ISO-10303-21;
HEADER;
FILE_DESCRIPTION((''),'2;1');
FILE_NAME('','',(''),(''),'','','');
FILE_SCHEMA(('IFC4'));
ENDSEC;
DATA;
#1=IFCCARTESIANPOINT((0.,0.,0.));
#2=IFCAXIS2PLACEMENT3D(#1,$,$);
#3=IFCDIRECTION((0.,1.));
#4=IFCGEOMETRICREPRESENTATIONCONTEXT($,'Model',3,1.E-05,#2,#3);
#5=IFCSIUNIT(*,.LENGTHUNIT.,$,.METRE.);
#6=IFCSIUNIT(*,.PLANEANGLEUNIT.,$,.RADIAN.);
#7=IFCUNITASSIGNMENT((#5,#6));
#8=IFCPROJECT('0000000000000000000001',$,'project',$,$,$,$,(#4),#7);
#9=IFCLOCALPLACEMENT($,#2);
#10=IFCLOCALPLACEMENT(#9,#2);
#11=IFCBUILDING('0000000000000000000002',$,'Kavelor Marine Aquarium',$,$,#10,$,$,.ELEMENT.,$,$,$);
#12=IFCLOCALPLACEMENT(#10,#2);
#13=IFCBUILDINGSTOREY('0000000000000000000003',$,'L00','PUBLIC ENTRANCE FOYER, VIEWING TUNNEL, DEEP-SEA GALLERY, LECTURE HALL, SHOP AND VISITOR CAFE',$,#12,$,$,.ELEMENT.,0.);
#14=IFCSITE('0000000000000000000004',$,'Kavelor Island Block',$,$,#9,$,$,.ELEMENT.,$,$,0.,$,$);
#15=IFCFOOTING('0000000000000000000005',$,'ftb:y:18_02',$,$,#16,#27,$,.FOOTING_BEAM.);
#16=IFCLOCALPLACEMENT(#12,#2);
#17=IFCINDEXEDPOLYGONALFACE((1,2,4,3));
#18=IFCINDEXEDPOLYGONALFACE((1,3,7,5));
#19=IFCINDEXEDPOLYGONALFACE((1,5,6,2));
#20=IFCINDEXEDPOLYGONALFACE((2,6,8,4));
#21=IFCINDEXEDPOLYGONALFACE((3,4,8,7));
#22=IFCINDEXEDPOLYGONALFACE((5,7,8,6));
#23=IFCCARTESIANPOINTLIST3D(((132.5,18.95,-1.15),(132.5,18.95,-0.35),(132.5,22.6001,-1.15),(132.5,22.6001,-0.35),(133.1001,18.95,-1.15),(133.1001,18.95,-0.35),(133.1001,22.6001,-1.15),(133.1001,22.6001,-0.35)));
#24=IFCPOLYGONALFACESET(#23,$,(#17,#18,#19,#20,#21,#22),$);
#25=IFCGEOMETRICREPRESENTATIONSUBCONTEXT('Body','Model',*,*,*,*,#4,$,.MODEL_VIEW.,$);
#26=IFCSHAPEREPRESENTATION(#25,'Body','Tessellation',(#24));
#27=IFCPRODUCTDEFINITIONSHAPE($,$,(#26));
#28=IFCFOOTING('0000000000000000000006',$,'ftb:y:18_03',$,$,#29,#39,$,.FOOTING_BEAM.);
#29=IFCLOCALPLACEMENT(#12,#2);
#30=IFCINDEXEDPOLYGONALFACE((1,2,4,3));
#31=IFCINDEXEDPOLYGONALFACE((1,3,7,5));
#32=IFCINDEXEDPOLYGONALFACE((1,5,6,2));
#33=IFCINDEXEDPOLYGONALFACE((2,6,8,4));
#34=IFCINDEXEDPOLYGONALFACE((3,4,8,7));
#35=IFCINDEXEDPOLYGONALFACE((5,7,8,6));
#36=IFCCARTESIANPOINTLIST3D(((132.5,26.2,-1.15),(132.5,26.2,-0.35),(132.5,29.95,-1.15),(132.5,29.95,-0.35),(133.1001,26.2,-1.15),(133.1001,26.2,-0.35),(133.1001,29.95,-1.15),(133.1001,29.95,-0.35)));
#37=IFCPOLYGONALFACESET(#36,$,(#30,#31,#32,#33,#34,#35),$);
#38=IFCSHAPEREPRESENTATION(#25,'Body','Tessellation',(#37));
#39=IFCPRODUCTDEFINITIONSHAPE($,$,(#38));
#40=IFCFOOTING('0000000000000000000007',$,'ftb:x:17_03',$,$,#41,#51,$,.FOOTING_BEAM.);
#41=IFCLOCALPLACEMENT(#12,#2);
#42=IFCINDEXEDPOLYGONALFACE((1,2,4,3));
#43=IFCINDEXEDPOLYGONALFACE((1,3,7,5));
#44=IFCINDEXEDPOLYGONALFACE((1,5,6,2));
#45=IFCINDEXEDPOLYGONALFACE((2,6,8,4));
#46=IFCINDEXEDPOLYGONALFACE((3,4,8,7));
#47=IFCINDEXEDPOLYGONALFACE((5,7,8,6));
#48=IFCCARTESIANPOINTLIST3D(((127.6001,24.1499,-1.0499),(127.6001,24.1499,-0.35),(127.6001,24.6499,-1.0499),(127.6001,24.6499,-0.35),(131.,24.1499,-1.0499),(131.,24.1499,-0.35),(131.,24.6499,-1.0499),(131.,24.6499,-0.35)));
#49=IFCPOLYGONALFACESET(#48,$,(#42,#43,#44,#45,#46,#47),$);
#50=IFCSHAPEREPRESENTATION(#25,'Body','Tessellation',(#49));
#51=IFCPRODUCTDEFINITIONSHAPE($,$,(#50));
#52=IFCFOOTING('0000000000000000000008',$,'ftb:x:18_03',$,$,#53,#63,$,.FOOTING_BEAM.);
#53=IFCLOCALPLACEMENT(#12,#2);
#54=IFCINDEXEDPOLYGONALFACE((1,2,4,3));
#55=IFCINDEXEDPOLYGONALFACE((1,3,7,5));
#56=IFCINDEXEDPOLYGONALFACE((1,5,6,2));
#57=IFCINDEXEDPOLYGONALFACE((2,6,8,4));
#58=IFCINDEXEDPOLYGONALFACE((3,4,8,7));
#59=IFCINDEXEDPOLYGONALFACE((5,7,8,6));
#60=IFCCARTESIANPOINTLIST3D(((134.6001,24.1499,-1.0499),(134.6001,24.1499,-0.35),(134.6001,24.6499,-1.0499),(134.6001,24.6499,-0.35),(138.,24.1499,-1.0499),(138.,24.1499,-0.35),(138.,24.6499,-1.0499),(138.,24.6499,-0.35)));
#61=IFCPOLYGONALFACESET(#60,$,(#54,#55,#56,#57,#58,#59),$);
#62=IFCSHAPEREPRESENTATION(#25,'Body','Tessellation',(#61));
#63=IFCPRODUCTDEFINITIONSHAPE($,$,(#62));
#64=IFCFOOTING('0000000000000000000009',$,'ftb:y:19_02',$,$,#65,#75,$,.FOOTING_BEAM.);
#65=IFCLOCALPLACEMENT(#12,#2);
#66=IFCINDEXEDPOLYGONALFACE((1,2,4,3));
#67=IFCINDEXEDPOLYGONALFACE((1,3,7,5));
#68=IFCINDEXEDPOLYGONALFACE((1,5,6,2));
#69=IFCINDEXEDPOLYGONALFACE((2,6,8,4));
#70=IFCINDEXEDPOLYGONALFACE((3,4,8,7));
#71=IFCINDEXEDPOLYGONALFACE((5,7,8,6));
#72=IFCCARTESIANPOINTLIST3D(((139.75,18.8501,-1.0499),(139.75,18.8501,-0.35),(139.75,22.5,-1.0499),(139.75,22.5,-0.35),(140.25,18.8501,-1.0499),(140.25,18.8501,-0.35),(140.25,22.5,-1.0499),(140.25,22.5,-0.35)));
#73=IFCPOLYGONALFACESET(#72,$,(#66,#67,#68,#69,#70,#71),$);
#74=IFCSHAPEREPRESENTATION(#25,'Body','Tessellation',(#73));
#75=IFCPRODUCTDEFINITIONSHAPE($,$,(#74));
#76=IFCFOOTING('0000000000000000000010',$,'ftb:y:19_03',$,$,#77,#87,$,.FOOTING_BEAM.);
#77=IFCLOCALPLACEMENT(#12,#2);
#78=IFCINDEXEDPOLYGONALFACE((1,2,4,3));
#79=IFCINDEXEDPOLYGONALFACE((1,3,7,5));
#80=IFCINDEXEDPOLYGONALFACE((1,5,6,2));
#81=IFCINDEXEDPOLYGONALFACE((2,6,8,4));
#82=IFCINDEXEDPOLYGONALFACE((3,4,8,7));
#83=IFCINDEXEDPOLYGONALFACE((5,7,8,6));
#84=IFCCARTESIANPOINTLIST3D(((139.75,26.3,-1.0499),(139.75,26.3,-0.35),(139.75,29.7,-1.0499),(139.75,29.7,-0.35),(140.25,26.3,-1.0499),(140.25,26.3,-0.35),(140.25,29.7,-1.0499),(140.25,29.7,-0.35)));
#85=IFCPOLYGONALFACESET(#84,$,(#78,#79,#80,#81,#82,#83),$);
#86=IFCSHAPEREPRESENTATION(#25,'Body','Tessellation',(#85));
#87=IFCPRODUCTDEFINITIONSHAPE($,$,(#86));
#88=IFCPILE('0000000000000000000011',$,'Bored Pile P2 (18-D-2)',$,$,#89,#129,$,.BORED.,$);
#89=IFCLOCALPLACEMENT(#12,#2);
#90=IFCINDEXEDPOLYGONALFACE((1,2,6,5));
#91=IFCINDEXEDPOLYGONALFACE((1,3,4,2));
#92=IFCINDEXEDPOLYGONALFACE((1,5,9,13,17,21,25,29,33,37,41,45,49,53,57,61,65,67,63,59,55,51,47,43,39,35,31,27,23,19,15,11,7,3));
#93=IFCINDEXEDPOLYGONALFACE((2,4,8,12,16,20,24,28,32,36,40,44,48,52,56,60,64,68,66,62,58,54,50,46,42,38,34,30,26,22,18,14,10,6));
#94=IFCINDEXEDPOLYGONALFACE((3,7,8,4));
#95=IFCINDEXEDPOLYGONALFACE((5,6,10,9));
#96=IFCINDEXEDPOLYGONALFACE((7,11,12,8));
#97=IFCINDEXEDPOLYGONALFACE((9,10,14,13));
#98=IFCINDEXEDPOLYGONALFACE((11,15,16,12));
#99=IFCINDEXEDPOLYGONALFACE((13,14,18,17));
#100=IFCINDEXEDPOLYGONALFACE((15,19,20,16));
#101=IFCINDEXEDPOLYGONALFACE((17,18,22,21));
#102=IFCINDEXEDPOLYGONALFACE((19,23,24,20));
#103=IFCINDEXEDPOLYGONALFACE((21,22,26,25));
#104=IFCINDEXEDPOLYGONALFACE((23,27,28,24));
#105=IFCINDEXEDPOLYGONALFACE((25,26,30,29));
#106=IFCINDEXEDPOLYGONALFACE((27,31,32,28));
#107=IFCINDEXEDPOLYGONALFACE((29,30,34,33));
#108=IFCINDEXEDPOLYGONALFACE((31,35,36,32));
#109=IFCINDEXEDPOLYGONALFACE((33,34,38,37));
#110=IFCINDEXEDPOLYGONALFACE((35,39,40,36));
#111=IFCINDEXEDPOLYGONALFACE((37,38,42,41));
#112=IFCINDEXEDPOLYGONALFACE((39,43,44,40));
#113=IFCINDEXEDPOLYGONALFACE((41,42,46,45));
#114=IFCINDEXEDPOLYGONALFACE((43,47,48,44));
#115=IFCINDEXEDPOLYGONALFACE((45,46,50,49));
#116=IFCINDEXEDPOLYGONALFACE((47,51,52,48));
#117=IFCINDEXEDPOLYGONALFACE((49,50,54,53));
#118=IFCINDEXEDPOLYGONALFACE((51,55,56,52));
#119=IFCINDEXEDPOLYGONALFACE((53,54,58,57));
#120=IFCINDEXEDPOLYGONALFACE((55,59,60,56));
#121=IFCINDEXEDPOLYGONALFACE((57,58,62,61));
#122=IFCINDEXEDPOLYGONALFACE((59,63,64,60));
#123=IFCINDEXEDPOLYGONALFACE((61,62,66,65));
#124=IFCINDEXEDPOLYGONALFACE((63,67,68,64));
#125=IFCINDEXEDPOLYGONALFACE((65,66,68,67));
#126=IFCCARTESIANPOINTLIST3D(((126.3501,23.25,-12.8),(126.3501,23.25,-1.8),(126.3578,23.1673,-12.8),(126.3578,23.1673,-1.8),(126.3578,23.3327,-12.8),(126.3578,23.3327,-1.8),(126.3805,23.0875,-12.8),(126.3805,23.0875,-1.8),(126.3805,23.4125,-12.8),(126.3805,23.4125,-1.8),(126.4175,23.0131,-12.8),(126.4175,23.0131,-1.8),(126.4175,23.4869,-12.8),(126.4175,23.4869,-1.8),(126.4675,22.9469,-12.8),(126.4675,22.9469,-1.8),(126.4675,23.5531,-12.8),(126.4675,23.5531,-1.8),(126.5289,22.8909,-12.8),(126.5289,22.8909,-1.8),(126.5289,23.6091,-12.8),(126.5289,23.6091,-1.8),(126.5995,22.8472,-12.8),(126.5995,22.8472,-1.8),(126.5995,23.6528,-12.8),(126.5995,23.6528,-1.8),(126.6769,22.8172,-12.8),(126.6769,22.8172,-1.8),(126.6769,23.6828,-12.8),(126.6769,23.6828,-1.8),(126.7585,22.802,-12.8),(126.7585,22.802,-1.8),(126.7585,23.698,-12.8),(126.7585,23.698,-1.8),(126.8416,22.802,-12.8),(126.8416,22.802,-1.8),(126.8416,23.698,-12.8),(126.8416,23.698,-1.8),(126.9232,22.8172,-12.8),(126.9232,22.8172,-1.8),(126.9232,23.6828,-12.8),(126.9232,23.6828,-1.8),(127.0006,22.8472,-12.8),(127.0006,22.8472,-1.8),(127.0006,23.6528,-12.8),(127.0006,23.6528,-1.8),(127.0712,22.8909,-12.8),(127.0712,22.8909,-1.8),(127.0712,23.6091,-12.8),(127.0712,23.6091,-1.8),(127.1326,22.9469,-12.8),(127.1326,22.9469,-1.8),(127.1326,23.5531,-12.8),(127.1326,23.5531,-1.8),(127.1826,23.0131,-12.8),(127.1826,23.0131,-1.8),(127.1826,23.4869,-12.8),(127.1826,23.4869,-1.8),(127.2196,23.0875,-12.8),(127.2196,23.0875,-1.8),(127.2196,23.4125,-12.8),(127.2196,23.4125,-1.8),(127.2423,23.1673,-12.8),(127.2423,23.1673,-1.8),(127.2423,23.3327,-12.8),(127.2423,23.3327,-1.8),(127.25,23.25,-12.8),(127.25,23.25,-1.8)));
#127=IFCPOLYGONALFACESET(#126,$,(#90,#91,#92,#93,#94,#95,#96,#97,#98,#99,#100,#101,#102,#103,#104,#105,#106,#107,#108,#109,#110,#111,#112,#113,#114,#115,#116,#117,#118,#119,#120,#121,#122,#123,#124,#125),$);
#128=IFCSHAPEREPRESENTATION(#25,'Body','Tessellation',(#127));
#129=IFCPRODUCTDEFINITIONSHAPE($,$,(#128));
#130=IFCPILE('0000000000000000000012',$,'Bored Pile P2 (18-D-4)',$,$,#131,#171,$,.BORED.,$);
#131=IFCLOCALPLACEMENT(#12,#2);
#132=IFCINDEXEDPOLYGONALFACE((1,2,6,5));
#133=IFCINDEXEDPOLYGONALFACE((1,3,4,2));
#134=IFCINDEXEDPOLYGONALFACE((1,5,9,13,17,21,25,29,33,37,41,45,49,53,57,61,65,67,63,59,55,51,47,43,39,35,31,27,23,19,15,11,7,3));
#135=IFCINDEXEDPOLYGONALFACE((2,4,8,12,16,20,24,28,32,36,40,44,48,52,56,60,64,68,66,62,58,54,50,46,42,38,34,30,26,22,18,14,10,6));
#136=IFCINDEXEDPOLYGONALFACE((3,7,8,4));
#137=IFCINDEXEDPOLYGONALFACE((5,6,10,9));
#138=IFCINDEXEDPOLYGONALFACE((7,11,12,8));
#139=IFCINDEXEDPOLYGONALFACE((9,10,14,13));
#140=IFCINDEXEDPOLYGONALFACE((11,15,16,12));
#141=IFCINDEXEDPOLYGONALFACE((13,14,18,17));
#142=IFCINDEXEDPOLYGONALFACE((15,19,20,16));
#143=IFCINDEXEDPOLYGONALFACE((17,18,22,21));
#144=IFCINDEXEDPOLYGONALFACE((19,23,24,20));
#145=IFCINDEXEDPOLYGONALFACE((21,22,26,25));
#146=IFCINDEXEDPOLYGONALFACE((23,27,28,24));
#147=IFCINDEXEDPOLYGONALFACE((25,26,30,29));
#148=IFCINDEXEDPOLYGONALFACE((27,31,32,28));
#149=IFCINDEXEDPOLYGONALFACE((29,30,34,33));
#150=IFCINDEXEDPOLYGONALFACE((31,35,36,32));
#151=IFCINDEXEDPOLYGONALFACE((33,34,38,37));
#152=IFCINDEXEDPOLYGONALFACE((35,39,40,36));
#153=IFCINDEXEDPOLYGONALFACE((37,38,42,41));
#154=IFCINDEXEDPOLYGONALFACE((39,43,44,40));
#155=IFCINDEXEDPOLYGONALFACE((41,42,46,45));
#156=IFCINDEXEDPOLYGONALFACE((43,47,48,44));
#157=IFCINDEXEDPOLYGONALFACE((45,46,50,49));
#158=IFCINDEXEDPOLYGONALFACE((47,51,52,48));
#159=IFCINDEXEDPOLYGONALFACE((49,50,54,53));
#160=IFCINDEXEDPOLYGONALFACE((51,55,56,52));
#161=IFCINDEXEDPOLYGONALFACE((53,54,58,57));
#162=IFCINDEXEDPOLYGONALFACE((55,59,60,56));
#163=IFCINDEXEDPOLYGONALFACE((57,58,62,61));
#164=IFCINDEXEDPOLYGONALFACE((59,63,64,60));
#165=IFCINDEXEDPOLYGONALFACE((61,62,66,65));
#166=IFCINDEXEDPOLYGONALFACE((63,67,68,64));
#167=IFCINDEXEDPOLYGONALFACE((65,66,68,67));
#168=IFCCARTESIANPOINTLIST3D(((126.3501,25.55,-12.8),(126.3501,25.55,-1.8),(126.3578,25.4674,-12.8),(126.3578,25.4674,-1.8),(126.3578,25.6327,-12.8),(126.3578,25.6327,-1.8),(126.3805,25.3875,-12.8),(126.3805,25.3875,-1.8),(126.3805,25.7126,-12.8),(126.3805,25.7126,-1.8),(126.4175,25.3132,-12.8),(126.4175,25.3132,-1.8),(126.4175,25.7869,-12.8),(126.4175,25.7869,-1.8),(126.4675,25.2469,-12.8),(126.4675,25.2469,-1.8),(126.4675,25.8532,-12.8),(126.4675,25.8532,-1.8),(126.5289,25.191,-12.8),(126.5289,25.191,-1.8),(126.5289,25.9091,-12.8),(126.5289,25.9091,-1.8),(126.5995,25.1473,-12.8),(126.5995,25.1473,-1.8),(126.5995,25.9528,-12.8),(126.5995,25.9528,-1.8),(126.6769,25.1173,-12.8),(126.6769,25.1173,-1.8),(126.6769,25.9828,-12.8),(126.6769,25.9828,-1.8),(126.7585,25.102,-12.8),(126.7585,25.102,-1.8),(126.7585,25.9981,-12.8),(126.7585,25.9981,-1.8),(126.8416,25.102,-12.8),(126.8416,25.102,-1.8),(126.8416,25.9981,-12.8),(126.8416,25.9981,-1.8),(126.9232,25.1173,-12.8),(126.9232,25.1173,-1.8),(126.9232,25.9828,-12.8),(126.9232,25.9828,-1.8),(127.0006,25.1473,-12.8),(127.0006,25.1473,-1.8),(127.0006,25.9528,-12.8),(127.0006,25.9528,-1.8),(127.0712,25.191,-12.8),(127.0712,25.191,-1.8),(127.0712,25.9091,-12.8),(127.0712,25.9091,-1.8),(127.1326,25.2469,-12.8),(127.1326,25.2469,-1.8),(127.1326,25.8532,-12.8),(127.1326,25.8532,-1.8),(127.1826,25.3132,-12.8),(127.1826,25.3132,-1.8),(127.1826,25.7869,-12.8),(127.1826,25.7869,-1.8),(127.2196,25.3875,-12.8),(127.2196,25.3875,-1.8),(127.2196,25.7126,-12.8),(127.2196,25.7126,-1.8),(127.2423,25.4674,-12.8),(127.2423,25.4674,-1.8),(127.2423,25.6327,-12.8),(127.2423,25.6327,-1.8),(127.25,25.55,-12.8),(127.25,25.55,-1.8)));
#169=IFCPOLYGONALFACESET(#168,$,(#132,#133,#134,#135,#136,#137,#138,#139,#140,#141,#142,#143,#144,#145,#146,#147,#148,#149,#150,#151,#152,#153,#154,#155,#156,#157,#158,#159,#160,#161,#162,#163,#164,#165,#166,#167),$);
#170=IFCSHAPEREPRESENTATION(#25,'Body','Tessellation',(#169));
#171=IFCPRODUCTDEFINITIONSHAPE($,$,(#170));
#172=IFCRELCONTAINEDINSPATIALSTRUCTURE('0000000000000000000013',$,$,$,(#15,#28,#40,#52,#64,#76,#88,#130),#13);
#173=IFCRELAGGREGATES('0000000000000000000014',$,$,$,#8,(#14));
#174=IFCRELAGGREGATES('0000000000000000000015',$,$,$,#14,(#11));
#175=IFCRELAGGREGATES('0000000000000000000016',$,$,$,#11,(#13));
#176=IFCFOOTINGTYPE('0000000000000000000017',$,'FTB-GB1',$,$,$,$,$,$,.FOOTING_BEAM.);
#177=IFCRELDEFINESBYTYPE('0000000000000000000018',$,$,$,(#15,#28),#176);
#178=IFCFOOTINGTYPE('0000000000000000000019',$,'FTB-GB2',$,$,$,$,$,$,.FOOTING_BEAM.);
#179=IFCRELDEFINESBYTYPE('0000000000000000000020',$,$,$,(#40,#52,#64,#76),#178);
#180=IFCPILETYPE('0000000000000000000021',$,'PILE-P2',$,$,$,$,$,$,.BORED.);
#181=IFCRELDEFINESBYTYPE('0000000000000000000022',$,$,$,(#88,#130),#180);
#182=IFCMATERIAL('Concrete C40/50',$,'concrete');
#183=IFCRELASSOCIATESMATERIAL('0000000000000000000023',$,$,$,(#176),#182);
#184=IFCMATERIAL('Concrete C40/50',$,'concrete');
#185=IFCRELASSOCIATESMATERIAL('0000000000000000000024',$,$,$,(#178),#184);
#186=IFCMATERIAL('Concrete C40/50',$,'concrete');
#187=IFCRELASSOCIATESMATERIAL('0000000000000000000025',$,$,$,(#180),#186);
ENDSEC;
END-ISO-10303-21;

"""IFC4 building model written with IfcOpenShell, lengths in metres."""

from ifc_helpers import new_model, si_unit, direction, frame, origin, origin_2d, place, context, subcontext, project, spatial, rectangle, circle, extrude, material, material_profile, profile_set, type_object, element, save


model = new_model("IFC4")

# Units and contexts
model_context = context("Model", 3, precision=1e-05, world=origin(), true_north=direction((0.0, 1.0)))
body_context = subcontext(model_context, "Body", "Model", "MODEL_VIEW")
ifc_project = project(units=[si_unit("LENGTHUNIT", "METRE"), si_unit("PLANEANGLEUNIT", "RADIAN")], contexts=[model_context])

# Site, building, storey
site_placement = place(None, origin())
site = spatial("IfcSite", under=ifc_project, at=site_placement, Name="Kavelor Island Block", CompositionType="ELEMENT", RefElevation=0.0)
building_placement = place(site_placement, origin())
building = spatial("IfcBuilding", under=site, at=building_placement, Name="Kavelor Marine Aquarium", CompositionType="ELEMENT")
storey_placement = place(building_placement, origin())
storey = spatial("IfcBuildingStorey", under=building, at=storey_placement, Name="L00", Description="PUBLIC ENTRANCE FOYER, VIEWING TUNNEL, DEEP-SEA GALLERY, LECTURE HALL, SHOP AND VISITOR CAFE", CompositionType="ELEMENT", Elevation=0.0)

# Footings
ifc_material_1 = material(Name="Concrete C40/50", Category="concrete")
ifc_material_profile_1 = material_profile(ifc_material_1, rectangle(XDim=0.6001, YDim=0.8, at=origin_2d()), Name="GB 600x800")
ifc_profile_set_1 = profile_set([ifc_material_profile_1], Name="Concrete C40/50")
footing_type_1 = type_object("IfcFootingType", Name="FTB-GB1", PredefinedType="FOOTING_BEAM", material=ifc_profile_set_1)
footing_1_placement = place(storey_placement, frame((132.8, 18.95, -0.75), z_axis=(0.0, 1.0, 0.0), x_axis=(-1.0, 0.0, 0.0)))
element("IfcFooting", 1, at=footing_1_placement, inside=storey, type_object=footing_type_1, Name="ftb:y:18_02", PredefinedType="FOOTING_BEAM", context=body_context, shape_type="SweptSolid", body=[
    extrude(rectangle(XDim=0.6001, YDim=0.8, at=origin_2d()), origin(), (0.0, 0.0, 1.0), 3.6501),
])
footing_2_placement = place(storey_placement, frame((132.8, 26.2, -0.75), z_axis=(0.0, 1.0, 0.0), x_axis=(-1.0, 0.0, 0.0)))
element("IfcFooting", 2, at=footing_2_placement, inside=storey, type_object=footing_type_1, Name="ftb:y:18_03", PredefinedType="FOOTING_BEAM", context=body_context, shape_type="SweptSolid", body=[
    extrude(rectangle(XDim=0.6001, YDim=0.8, at=origin_2d()), origin(), (0.0, 0.0, 1.0), 3.75),
])
ifc_material_2 = material(Name="Concrete C40/50", Category="concrete")
ifc_material_profile_2 = material_profile(ifc_material_2, rectangle(XDim=0.5, YDim=0.7, at=origin_2d()), Name="GB 500x700")
ifc_profile_set_2 = profile_set([ifc_material_profile_2], Name="Concrete C40/50")
footing_type_2 = type_object("IfcFootingType", Name="FTB-GB2", PredefinedType="FOOTING_BEAM", material=ifc_profile_set_2)
for number, where, z_axis, x_axis, name in (
    (3, (127.6001, 24.3999, -0.7), (1.0, 0.0, 0.0), (0.0, 1.0, 0.0), "ftb:x:17_03"),
    (4, (134.6001, 24.3999, -0.7), (1.0, 0.0, 0.0), (0.0, 1.0, 0.0), "ftb:x:18_03"),
):
    element("IfcFooting", number, at=place(storey_placement, frame(where, z_axis=z_axis, x_axis=x_axis)), inside=storey, type_object=footing_type_2, Name=name, PredefinedType="FOOTING_BEAM", context=body_context, shape_type="SweptSolid", body=[
        extrude(rectangle(XDim=0.5, YDim=0.7, at=origin_2d()), origin(), (0.0, 0.0, 1.0), 3.3999),
    ])
footing_3_placement = place(storey_placement, frame((140.0, 18.8501, -0.7), z_axis=(0.0, 1.0, 0.0), x_axis=(-1.0, 0.0, 0.0)))
element("IfcFooting", 5, at=footing_3_placement, inside=storey, type_object=footing_type_2, Name="ftb:y:19_02", PredefinedType="FOOTING_BEAM", context=body_context, shape_type="SweptSolid", body=[
    extrude(rectangle(XDim=0.5, YDim=0.7, at=origin_2d()), origin(), (0.0, 0.0, 1.0), 3.6499),
])
footing_4_placement = place(storey_placement, frame((140.0, 26.3, -0.7), z_axis=(0.0, 1.0, 0.0), x_axis=(-1.0, 0.0, 0.0)))
element("IfcFooting", 6, at=footing_4_placement, inside=storey, type_object=footing_type_2, Name="ftb:y:19_03", PredefinedType="FOOTING_BEAM", context=body_context, shape_type="SweptSolid", body=[
    extrude(rectangle(XDim=0.5, YDim=0.7, at=origin_2d()), origin(), (0.0, 0.0, 1.0), 3.3999),
])

# Piles
ifc_material_3 = material(Name="Concrete C40/50", Category="concrete")
ifc_material_profile_3 = material_profile(ifc_material_3, circle(Radius=0.45, at=origin_2d()), Name="PILE D900")
ifc_profile_set_3 = profile_set([ifc_material_profile_3], Name="Concrete C40/50")
pile_type_1 = type_object("IfcPileType", Name="PILE-P2", PredefinedType="BORED", material=ifc_profile_set_3)
for number, where, z_axis, x_axis, name in (
    (7, (126.8, 23.25, -1.8), (0.0, 0.0, -1.0), (1.0, 0.0, 0.0), "Bored Pile P2 (18-D-2)"),
    (8, (126.8, 25.55, -1.8), (0.0, 0.0, -1.0), (1.0, 0.0, 0.0), "Bored Pile P2 (18-D-4)"),
):
    element("IfcPile", number, at=place(storey_placement, frame(where, z_axis=z_axis, x_axis=x_axis)), inside=storey, type_object=pile_type_1, Name=name, PredefinedType="BORED", context=body_context, shape_type="SweptSolid", body=[
        extrude(circle(Radius=0.45, at=origin_2d()), origin(), (0.0, 0.0, 1.0), 11.0),
    ])

save(model, "model.ifc")
